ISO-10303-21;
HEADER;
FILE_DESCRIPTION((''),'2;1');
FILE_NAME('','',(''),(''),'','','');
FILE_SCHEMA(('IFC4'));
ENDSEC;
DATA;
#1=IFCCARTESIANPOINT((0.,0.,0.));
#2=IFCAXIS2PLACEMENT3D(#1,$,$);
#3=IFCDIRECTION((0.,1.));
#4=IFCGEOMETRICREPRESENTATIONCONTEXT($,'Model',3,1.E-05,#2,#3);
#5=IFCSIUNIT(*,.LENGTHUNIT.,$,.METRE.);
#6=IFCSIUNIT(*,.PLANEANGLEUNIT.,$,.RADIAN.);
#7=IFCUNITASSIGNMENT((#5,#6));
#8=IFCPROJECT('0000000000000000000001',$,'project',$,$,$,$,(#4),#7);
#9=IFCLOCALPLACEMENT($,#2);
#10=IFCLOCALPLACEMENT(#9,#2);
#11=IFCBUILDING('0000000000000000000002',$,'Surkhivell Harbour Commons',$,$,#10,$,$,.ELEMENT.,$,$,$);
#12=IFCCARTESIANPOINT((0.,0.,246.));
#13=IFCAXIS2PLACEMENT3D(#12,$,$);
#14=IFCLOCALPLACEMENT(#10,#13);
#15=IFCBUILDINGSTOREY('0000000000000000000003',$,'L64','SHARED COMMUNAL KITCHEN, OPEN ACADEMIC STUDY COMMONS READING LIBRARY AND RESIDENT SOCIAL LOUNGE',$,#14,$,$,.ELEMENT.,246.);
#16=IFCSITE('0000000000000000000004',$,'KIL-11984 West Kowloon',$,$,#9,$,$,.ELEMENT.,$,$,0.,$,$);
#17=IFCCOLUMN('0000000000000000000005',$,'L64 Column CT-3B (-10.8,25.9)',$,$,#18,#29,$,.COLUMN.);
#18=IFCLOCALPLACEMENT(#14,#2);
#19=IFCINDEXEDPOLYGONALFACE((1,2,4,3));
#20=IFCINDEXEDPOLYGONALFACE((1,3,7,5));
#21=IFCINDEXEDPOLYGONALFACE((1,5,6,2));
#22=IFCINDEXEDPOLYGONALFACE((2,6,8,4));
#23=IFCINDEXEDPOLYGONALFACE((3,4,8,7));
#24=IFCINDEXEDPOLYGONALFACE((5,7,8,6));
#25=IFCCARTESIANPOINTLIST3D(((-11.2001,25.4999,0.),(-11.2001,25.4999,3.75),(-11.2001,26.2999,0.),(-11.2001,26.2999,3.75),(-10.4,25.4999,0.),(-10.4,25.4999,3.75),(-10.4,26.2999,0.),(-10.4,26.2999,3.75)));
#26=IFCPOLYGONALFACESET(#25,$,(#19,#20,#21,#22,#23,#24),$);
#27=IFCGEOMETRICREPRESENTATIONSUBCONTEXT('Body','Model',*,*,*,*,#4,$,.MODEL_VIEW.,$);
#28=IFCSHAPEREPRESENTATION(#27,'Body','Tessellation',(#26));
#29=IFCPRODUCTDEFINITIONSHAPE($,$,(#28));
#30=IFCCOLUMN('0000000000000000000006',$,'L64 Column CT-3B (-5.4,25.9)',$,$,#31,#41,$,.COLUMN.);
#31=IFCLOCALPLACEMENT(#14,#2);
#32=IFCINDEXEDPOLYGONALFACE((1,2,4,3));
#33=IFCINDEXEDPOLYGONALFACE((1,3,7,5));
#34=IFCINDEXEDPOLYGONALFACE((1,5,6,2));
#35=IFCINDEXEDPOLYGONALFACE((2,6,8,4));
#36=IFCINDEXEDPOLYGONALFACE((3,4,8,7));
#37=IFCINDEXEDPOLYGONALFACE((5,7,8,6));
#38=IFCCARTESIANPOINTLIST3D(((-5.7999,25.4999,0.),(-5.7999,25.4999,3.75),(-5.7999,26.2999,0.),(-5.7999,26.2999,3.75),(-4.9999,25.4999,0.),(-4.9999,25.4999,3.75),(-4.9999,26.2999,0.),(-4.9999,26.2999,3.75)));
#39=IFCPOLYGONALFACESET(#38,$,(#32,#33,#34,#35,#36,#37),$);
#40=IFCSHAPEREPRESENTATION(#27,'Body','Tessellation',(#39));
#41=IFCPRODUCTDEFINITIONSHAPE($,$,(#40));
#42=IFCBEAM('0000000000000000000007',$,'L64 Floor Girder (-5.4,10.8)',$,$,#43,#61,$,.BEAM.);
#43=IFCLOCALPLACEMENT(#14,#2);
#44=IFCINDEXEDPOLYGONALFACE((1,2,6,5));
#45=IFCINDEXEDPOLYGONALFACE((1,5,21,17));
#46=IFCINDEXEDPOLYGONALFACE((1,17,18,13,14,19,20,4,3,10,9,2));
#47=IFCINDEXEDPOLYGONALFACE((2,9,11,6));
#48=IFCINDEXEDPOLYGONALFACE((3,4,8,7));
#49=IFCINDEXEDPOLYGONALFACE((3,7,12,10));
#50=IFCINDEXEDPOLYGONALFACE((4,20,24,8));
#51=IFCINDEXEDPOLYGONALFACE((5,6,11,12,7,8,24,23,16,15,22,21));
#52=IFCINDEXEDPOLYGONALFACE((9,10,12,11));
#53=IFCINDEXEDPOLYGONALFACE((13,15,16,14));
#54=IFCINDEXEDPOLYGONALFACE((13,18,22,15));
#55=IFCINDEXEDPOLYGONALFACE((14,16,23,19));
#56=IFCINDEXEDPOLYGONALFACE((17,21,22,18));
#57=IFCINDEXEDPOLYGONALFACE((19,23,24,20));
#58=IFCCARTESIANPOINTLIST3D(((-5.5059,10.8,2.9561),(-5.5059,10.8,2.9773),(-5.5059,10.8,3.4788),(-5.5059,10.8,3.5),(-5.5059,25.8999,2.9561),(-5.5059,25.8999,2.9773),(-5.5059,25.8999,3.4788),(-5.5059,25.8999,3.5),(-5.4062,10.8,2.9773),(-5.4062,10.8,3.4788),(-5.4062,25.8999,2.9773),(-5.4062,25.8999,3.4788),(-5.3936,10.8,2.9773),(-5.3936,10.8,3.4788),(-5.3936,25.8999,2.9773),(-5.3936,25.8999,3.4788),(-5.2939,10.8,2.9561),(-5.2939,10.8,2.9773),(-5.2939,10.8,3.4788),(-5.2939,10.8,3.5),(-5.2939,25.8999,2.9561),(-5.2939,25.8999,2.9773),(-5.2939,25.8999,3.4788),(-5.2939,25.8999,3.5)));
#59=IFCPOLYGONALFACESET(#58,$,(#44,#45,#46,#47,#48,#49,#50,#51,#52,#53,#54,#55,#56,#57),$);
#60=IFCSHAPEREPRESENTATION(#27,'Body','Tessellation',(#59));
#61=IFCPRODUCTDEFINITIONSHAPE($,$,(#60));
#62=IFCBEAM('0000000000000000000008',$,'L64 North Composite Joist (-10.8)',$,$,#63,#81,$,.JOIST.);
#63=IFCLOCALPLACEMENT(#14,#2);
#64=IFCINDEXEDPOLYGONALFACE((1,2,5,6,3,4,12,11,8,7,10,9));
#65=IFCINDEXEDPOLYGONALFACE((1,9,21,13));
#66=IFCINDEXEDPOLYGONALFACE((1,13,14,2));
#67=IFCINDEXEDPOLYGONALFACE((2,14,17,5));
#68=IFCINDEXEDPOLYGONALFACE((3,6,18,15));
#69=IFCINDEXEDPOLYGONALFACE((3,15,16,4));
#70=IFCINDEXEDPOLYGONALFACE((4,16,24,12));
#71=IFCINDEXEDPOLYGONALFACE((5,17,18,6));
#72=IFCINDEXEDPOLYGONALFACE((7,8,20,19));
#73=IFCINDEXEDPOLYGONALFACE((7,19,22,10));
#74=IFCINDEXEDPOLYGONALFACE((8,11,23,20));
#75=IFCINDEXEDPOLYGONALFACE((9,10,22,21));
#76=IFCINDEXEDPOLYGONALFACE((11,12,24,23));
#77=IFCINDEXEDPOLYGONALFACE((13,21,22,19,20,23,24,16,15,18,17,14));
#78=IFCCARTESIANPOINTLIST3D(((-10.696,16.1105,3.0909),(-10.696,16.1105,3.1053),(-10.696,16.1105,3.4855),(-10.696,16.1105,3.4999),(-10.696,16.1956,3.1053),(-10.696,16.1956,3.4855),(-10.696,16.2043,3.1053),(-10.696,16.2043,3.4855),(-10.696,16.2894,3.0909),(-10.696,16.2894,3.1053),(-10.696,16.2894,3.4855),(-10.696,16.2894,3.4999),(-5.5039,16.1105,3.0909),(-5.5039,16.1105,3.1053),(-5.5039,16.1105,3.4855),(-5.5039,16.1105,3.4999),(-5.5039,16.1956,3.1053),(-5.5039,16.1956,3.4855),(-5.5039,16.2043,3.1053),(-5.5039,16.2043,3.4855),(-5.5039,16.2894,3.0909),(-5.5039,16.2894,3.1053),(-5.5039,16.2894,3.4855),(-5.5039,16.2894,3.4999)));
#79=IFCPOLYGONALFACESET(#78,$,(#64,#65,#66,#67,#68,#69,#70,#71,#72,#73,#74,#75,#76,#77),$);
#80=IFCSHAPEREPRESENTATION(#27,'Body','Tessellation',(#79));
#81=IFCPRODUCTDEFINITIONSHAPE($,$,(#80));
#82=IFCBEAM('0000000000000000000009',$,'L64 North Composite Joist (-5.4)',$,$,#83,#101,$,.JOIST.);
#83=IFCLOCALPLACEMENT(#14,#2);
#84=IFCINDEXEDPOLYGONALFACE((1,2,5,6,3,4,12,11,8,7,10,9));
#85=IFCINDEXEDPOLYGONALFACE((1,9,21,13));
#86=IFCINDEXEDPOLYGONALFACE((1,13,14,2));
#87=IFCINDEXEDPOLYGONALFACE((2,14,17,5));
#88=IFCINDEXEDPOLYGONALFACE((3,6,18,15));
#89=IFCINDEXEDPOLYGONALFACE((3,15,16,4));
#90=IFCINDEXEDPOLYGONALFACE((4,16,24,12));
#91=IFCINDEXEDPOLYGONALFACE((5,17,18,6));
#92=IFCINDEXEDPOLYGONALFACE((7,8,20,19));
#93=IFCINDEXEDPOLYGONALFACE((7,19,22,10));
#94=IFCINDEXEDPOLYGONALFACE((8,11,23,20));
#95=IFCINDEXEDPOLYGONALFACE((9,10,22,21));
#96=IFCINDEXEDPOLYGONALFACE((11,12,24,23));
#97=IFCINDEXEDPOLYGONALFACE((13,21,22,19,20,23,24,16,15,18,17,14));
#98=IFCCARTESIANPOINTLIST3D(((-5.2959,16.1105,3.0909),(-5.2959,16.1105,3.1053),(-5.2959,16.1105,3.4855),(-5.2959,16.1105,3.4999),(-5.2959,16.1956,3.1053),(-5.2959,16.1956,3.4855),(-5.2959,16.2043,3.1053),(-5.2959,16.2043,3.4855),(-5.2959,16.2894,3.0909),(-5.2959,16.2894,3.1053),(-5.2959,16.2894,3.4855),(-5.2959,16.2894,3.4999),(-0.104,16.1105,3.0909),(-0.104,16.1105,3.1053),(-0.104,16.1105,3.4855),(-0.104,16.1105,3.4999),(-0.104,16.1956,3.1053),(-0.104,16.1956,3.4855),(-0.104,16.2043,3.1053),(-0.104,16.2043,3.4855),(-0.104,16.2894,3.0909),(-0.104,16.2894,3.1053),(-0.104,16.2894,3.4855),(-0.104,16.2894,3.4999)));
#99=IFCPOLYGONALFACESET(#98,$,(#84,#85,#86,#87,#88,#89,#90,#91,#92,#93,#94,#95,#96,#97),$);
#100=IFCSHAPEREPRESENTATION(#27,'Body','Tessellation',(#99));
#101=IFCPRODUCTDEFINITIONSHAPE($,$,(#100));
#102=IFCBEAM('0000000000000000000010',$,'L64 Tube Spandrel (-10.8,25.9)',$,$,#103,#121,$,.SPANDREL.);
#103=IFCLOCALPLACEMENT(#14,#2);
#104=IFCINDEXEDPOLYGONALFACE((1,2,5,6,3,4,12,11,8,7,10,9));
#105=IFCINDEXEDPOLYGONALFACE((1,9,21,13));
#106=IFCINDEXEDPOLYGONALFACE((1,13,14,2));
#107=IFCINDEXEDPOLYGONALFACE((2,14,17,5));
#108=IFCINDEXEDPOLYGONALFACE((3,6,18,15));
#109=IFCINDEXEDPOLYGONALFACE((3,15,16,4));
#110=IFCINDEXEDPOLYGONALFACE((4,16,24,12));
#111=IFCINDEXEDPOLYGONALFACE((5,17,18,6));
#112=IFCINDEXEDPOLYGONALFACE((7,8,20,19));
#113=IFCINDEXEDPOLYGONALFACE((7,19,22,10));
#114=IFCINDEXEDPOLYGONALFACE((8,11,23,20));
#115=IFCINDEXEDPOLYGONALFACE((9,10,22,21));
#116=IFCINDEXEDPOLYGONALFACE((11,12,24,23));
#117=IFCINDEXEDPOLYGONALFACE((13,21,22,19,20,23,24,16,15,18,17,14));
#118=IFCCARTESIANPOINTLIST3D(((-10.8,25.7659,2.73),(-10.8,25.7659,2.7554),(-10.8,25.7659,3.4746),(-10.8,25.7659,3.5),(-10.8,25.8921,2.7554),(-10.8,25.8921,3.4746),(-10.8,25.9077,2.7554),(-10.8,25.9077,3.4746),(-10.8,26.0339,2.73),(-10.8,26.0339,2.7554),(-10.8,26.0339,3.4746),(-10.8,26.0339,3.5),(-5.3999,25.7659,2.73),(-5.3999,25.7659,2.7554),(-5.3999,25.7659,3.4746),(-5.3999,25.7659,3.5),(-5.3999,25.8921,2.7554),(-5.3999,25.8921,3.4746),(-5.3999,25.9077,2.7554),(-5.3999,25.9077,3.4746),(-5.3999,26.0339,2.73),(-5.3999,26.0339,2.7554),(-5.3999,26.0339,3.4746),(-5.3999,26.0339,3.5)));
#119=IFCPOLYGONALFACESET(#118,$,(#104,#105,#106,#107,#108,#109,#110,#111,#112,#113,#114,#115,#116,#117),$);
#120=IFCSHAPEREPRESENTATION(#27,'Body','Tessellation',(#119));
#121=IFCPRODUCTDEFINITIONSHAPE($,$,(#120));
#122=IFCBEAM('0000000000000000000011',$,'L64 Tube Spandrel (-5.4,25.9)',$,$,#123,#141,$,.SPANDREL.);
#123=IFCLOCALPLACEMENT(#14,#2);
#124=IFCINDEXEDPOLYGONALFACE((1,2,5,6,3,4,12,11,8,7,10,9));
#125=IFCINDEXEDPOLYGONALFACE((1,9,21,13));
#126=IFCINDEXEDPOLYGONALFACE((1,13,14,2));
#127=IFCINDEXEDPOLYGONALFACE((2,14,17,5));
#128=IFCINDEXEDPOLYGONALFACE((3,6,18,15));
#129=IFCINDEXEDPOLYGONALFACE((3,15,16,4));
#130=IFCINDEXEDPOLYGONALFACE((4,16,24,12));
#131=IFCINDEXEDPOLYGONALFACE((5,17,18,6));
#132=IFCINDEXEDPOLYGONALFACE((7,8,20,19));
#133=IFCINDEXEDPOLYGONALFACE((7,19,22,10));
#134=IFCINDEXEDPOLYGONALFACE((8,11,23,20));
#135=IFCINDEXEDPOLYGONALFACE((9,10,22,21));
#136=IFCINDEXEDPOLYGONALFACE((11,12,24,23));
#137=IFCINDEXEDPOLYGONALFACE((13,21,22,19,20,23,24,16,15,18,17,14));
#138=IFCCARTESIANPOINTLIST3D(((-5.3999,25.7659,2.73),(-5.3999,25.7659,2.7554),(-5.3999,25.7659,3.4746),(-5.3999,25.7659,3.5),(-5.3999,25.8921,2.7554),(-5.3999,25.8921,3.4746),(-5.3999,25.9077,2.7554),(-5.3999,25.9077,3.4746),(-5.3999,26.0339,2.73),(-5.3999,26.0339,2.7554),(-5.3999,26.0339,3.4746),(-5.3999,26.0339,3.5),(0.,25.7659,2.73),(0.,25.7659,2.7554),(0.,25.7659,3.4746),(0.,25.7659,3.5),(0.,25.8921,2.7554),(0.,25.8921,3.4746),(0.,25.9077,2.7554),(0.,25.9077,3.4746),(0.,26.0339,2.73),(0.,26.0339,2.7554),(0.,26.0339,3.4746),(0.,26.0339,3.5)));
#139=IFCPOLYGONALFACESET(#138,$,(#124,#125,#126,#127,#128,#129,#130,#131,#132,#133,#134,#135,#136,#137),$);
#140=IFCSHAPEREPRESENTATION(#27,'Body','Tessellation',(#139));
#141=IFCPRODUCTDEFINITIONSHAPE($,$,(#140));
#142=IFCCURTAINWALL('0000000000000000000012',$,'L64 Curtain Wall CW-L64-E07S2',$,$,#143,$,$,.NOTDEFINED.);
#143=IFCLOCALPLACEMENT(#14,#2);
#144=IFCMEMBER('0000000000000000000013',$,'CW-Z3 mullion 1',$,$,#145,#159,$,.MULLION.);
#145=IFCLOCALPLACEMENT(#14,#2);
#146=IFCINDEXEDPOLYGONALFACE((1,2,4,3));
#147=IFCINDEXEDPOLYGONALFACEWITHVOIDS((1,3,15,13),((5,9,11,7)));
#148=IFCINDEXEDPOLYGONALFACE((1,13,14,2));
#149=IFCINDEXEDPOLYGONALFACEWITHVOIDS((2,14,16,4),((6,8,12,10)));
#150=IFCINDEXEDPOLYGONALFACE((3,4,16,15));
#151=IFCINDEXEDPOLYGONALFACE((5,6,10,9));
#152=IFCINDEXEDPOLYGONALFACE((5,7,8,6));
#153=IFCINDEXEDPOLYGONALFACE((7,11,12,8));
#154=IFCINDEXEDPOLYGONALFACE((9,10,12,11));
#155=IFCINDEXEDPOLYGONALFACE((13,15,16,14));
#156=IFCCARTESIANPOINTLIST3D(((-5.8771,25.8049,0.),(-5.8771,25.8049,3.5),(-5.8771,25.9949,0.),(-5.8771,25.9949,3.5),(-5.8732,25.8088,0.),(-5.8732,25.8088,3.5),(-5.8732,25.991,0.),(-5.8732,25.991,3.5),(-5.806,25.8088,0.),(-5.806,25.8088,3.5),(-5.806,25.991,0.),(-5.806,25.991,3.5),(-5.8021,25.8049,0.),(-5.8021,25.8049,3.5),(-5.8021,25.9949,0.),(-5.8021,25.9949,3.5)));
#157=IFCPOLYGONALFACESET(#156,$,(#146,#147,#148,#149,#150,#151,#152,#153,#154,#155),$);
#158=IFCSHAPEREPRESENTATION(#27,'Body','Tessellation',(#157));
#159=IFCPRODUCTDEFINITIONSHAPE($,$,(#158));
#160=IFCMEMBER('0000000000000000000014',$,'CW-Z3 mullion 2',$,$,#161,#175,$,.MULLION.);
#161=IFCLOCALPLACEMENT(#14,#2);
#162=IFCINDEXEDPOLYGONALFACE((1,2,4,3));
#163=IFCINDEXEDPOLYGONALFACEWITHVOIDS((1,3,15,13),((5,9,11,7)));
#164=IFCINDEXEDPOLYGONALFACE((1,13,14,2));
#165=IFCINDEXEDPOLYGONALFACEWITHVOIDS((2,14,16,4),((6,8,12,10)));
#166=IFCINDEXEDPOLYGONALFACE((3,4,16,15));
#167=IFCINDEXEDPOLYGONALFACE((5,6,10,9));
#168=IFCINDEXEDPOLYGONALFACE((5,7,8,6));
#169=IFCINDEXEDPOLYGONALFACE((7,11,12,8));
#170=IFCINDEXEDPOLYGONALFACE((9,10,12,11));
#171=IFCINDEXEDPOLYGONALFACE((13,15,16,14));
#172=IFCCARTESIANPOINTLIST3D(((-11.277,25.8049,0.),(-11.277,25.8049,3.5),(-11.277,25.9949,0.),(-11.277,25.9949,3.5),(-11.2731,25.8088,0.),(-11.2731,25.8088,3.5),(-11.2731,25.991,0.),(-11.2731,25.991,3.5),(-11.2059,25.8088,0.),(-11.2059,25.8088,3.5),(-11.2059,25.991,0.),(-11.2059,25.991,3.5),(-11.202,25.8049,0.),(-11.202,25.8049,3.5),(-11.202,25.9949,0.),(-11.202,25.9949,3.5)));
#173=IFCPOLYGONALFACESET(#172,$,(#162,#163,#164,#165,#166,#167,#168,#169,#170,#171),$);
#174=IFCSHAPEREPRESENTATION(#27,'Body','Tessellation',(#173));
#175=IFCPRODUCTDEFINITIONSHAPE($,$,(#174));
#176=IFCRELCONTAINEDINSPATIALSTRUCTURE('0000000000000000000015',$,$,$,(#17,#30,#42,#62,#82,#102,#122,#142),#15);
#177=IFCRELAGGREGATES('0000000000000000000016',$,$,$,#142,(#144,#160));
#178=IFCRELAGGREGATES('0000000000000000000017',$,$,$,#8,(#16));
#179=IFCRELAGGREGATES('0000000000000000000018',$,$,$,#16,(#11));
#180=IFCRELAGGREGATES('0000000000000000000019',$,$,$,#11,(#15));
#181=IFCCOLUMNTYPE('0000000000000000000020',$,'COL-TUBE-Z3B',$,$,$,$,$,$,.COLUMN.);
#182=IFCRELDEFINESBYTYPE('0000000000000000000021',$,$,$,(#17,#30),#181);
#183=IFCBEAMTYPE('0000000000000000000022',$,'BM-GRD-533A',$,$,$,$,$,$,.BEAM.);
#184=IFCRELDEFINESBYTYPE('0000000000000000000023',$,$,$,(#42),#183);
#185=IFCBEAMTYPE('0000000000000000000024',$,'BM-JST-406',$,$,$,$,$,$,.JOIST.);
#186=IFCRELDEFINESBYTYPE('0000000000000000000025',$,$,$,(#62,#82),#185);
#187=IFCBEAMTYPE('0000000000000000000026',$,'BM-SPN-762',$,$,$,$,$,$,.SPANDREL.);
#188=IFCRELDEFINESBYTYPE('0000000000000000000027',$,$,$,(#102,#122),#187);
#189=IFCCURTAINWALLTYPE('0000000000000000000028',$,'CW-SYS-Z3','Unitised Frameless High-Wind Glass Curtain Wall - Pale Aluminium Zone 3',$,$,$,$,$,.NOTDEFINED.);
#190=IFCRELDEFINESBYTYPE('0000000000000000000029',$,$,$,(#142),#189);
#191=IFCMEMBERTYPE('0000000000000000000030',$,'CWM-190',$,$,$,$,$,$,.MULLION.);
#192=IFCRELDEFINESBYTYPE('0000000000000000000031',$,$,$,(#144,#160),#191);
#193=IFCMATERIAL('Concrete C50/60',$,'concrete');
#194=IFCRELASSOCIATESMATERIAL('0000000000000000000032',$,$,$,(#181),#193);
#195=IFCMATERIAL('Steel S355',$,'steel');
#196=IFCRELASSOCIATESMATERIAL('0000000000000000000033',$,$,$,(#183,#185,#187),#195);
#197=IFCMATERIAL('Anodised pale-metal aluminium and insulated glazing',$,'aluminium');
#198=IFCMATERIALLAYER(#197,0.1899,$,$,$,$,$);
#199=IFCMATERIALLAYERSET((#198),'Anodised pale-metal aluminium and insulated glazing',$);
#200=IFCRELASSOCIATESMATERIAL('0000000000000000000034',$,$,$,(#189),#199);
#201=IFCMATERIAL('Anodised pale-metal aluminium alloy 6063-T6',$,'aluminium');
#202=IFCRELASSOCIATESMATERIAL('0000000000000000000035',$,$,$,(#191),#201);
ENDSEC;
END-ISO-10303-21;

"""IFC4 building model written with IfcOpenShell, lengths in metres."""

from ifc_helpers import new_model, si_unit, direction, frame, origin, origin_2d, place, context, subcontext, project, spatial, rectangle, hollow_rectangle, i_section, extrude, material, layer, layer_set, material_profile, profile_set, type_object, element, aggregate, save


model = new_model("IFC4")

# Units and contexts
model_context = context("Model", 3, precision=1e-05, world=origin(), true_north=direction((0.0, 1.0)))
body_context = subcontext(model_context, "Body", "Model", "MODEL_VIEW")
ifc_project = project(units=[si_unit("LENGTHUNIT", "METRE"), si_unit("PLANEANGLEUNIT", "RADIAN")], contexts=[model_context])

# Site, building, storey
site_placement = place(None, origin())
site = spatial("IfcSite", under=ifc_project, at=site_placement, Name="KIL-11984 West Kowloon", CompositionType="ELEMENT", RefElevation=0.0)
building_placement = place(site_placement, origin())
building = spatial("IfcBuilding", under=site, at=building_placement, Name="Surkhivell Harbour Commons", CompositionType="ELEMENT")
storey_placement = place(building_placement, frame((0.0, 0.0, 246.0)))
storey = spatial("IfcBuildingStorey", under=building, at=storey_placement, Name="L64", Description="SHARED COMMUNAL KITCHEN, OPEN ACADEMIC STUDY COMMONS READING LIBRARY AND RESIDENT SOCIAL LOUNGE", CompositionType="ELEMENT", Elevation=246.0)

# Columns
ifc_material_1 = material(Name="Concrete C50/60", Category="concrete")
ifc_material_profile_1 = material_profile(ifc_material_1, rectangle(XDim=0.8, YDim=0.8, at=origin_2d()), Name="RC-COL-800x800")
ifc_profile_set_1 = profile_set([ifc_material_profile_1], Name="Concrete C50/60")
column_type = type_object("IfcColumnType", Name="COL-TUBE-Z3B", PredefinedType="COLUMN", material=ifc_profile_set_1)
for number, where, z_axis, x_axis, name in (
    (1, (-10.8, 25.8999, 0.0), (0.0, 0.0, 1.0), (1.0, 0.0, 0.0), "L64 Column CT-3B (-10.8,25.9)"),
    (2, (-5.3999, 25.8999, 0.0), (0.0, 0.0, 1.0), (1.0, 0.0, 0.0), "L64 Column CT-3B (-5.4,25.9)"),
):
    element("IfcColumn", number, at=place(storey_placement, frame(where, z_axis=z_axis, x_axis=x_axis)), inside=storey, type_object=column_type, Name=name, PredefinedType="COLUMN", context=body_context, shape_type="SweptSolid", body=[
        extrude(rectangle(XDim=0.8, YDim=0.8, at=origin_2d()), origin(), (0.0, 0.0, 1.0), 3.75),
    ])

# Beams
ifc_material_2 = material(Name="Steel S355", Category="steel")
ifc_material_profile_2 = material_profile(ifc_material_2, i_section(OverallWidth=0.2119, OverallDepth=0.5439, WebThickness=0.0127, FlangeThickness=0.0212, at=origin_2d()), Name="UB533x210x122")
ifc_profile_set_2 = profile_set([ifc_material_profile_2], Name="Steel S355")
beam_type_1 = type_object("IfcBeamType", Name="BM-GRD-533A", PredefinedType="BEAM", material=ifc_profile_set_2)
beam_1_placement = place(storey_placement, frame((-5.3999, 10.8, 3.228), z_axis=(0.0, 1.0, 0.0), x_axis=(-1.0, 0.0, 0.0)))
element("IfcBeam", 3, at=beam_1_placement, inside=storey, type_object=beam_type_1, Name="L64 Floor Girder (-5.4,10.8)", PredefinedType="BEAM", context=body_context, shape_type="SweptSolid", body=[
    extrude(i_section(OverallWidth=0.2119, OverallDepth=0.5439, WebThickness=0.0127, FlangeThickness=0.0212, at=origin_2d()), origin(), (0.0, 0.0, 1.0), 15.0999),
])
ifc_material_profile_3 = material_profile(ifc_material_2, i_section(OverallWidth=0.179, OverallDepth=0.4089, WebThickness=0.0088, FlangeThickness=0.0144, at=origin_2d()), Name="UB406x178x67")
ifc_profile_set_3 = profile_set([ifc_material_profile_3], Name="Steel S355")
beam_type_2 = type_object("IfcBeamType", Name="BM-JST-406", PredefinedType="JOIST", material=ifc_profile_set_3)
beam_2_placement = place(storey_placement, frame((-10.696, 16.2, 3.2954), z_axis=(1.0, 0.0, 0.0), x_axis=(0.0, 1.0, 0.0)))
element("IfcBeam", 4, at=beam_2_placement, inside=storey, type_object=beam_type_2, Name="L64 North Composite Joist (-10.8)", PredefinedType="JOIST", context=body_context, shape_type="SweptSolid", body=[
    extrude(i_section(OverallWidth=0.179, OverallDepth=0.4089, WebThickness=0.0088, FlangeThickness=0.0144, at=origin_2d()), origin(), (0.0, 0.0, 1.0), 5.1921),
])
beam_3_placement = place(storey_placement, frame((-5.2959, 16.2, 3.2954), z_axis=(1.0, 0.0, 0.0), x_axis=(0.0, 1.0, 0.0)))
element("IfcBeam", 5, at=beam_3_placement, inside=storey, type_object=beam_type_2, Name="L64 North Composite Joist (-5.4)", PredefinedType="JOIST", context=body_context, shape_type="SweptSolid", body=[
    extrude(i_section(OverallWidth=0.179, OverallDepth=0.4089, WebThickness=0.0088, FlangeThickness=0.0144, at=origin_2d()), origin(), (0.0, 0.0, 1.0), 5.1919),
])
ifc_material_profile_4 = material_profile(ifc_material_2, i_section(OverallWidth=0.2681, OverallDepth=0.77, WebThickness=0.0156, FlangeThickness=0.0254, at=origin_2d()), Name="UB762x267x197")
ifc_profile_set_4 = profile_set([ifc_material_profile_4], Name="Steel S355")
beam_type_3 = type_object("IfcBeamType", Name="BM-SPN-762", PredefinedType="SPANDREL", material=ifc_profile_set_4)
beam_4_placement = place(storey_placement, frame((-10.8, 25.8999, 3.115), z_axis=(1.0, 0.0, 0.0), x_axis=(0.0, 1.0, 0.0)))
element("IfcBeam", 6, at=beam_4_placement, inside=storey, type_object=beam_type_3, Name="L64 Tube Spandrel (-10.8,25.9)", PredefinedType="SPANDREL", context=body_context, shape_type="SweptSolid", body=[
    extrude(i_section(OverallWidth=0.2681, OverallDepth=0.77, WebThickness=0.0156, FlangeThickness=0.0254, at=origin_2d()), origin(), (0.0, 0.0, 1.0), 5.4001),
])
beam_5_placement = place(storey_placement, frame((-5.3999, 25.8999, 3.115), z_axis=(1.0, 0.0, 0.0), x_axis=(0.0, 1.0, 0.0)))
element("IfcBeam", 7, at=beam_5_placement, inside=storey, type_object=beam_type_3, Name="L64 Tube Spandrel (-5.4,25.9)", PredefinedType="SPANDREL", context=body_context, shape_type="SweptSolid", body=[
    extrude(i_section(OverallWidth=0.2681, OverallDepth=0.77, WebThickness=0.0156, FlangeThickness=0.0254, at=origin_2d()), origin(), (0.0, 0.0, 1.0), 5.3999),
])

# Curtain wall, members
ifc_material_3 = material(Name="Anodised pale-metal aluminium and insulated glazing", Category="aluminium")
ifc_layer_1 = layer(ifc_material_3, 0.1899)
ifc_layer_set_1 = layer_set([ifc_layer_1], Name="Anodised pale-metal aluminium and insulated glazing")
curtain_wall_type = type_object("IfcCurtainWallType", Name="CW-SYS-Z3", Description="Unitised Frameless High-Wind Glass Curtain Wall - Pale Aluminium Zone 3", PredefinedType="NOTDEFINED", material=ifc_layer_set_1)
curtain_wall_placement = place(storey_placement, origin())
curtain_wall = element("IfcCurtainWall", 8, at=curtain_wall_placement, inside=storey, type_object=curtain_wall_type, Name="L64 Curtain Wall CW-L64-E07S2", PredefinedType="NOTDEFINED")
ifc_material_4 = material(Name="Anodised pale-metal aluminium alloy 6063-T6", Category="aluminium")
ifc_material_profile_5 = material_profile(ifc_material_4, hollow_rectangle(XDim=0.075, YDim=0.1899, WallThickness=0.0039, at=origin_2d()), Name="ALU-MULL-75x190")
ifc_profile_set_5 = profile_set([ifc_material_profile_5], Name="Anodised pale-metal aluminium alloy 6063-T6")
member_type_1 = type_object("IfcMemberType", Name="CWM-190", PredefinedType="MULLION", material=ifc_profile_set_5)
member_1_placement = place(storey_placement, frame((-5.8396, 25.8999, 0.0), z_axis=(0.0, 0.0, 1.0), x_axis=(-1.0, 0.0, 0.0)))
member_1 = element("IfcMember", 9, at=member_1_placement, type_object=member_type_1, Name="CW-Z3 mullion 1", PredefinedType="MULLION", context=body_context, shape_type="SweptSolid", body=[
    extrude(hollow_rectangle(XDim=0.075, YDim=0.1899, WallThickness=0.0039, at=origin_2d()), origin(), (0.0, 0.0, 1.0), 3.5),
])
member_2_placement = place(storey_placement, frame((-11.2395, 25.8999, 0.0), z_axis=(0.0, 0.0, 1.0), x_axis=(-1.0, 0.0, 0.0)))
member_2 = element("IfcMember", 10, at=member_2_placement, type_object=member_type_1, Name="CW-Z3 mullion 2", PredefinedType="MULLION", context=body_context, shape_type="SweptSolid", body=[
    extrude(hollow_rectangle(XDim=0.075, YDim=0.1899, WallThickness=0.0039, at=origin_2d()), origin(), (0.0, 0.0, 1.0), 3.5),
])

aggregate(curtain_wall, [member_1, member_2])

save(model, "model.ifc")
